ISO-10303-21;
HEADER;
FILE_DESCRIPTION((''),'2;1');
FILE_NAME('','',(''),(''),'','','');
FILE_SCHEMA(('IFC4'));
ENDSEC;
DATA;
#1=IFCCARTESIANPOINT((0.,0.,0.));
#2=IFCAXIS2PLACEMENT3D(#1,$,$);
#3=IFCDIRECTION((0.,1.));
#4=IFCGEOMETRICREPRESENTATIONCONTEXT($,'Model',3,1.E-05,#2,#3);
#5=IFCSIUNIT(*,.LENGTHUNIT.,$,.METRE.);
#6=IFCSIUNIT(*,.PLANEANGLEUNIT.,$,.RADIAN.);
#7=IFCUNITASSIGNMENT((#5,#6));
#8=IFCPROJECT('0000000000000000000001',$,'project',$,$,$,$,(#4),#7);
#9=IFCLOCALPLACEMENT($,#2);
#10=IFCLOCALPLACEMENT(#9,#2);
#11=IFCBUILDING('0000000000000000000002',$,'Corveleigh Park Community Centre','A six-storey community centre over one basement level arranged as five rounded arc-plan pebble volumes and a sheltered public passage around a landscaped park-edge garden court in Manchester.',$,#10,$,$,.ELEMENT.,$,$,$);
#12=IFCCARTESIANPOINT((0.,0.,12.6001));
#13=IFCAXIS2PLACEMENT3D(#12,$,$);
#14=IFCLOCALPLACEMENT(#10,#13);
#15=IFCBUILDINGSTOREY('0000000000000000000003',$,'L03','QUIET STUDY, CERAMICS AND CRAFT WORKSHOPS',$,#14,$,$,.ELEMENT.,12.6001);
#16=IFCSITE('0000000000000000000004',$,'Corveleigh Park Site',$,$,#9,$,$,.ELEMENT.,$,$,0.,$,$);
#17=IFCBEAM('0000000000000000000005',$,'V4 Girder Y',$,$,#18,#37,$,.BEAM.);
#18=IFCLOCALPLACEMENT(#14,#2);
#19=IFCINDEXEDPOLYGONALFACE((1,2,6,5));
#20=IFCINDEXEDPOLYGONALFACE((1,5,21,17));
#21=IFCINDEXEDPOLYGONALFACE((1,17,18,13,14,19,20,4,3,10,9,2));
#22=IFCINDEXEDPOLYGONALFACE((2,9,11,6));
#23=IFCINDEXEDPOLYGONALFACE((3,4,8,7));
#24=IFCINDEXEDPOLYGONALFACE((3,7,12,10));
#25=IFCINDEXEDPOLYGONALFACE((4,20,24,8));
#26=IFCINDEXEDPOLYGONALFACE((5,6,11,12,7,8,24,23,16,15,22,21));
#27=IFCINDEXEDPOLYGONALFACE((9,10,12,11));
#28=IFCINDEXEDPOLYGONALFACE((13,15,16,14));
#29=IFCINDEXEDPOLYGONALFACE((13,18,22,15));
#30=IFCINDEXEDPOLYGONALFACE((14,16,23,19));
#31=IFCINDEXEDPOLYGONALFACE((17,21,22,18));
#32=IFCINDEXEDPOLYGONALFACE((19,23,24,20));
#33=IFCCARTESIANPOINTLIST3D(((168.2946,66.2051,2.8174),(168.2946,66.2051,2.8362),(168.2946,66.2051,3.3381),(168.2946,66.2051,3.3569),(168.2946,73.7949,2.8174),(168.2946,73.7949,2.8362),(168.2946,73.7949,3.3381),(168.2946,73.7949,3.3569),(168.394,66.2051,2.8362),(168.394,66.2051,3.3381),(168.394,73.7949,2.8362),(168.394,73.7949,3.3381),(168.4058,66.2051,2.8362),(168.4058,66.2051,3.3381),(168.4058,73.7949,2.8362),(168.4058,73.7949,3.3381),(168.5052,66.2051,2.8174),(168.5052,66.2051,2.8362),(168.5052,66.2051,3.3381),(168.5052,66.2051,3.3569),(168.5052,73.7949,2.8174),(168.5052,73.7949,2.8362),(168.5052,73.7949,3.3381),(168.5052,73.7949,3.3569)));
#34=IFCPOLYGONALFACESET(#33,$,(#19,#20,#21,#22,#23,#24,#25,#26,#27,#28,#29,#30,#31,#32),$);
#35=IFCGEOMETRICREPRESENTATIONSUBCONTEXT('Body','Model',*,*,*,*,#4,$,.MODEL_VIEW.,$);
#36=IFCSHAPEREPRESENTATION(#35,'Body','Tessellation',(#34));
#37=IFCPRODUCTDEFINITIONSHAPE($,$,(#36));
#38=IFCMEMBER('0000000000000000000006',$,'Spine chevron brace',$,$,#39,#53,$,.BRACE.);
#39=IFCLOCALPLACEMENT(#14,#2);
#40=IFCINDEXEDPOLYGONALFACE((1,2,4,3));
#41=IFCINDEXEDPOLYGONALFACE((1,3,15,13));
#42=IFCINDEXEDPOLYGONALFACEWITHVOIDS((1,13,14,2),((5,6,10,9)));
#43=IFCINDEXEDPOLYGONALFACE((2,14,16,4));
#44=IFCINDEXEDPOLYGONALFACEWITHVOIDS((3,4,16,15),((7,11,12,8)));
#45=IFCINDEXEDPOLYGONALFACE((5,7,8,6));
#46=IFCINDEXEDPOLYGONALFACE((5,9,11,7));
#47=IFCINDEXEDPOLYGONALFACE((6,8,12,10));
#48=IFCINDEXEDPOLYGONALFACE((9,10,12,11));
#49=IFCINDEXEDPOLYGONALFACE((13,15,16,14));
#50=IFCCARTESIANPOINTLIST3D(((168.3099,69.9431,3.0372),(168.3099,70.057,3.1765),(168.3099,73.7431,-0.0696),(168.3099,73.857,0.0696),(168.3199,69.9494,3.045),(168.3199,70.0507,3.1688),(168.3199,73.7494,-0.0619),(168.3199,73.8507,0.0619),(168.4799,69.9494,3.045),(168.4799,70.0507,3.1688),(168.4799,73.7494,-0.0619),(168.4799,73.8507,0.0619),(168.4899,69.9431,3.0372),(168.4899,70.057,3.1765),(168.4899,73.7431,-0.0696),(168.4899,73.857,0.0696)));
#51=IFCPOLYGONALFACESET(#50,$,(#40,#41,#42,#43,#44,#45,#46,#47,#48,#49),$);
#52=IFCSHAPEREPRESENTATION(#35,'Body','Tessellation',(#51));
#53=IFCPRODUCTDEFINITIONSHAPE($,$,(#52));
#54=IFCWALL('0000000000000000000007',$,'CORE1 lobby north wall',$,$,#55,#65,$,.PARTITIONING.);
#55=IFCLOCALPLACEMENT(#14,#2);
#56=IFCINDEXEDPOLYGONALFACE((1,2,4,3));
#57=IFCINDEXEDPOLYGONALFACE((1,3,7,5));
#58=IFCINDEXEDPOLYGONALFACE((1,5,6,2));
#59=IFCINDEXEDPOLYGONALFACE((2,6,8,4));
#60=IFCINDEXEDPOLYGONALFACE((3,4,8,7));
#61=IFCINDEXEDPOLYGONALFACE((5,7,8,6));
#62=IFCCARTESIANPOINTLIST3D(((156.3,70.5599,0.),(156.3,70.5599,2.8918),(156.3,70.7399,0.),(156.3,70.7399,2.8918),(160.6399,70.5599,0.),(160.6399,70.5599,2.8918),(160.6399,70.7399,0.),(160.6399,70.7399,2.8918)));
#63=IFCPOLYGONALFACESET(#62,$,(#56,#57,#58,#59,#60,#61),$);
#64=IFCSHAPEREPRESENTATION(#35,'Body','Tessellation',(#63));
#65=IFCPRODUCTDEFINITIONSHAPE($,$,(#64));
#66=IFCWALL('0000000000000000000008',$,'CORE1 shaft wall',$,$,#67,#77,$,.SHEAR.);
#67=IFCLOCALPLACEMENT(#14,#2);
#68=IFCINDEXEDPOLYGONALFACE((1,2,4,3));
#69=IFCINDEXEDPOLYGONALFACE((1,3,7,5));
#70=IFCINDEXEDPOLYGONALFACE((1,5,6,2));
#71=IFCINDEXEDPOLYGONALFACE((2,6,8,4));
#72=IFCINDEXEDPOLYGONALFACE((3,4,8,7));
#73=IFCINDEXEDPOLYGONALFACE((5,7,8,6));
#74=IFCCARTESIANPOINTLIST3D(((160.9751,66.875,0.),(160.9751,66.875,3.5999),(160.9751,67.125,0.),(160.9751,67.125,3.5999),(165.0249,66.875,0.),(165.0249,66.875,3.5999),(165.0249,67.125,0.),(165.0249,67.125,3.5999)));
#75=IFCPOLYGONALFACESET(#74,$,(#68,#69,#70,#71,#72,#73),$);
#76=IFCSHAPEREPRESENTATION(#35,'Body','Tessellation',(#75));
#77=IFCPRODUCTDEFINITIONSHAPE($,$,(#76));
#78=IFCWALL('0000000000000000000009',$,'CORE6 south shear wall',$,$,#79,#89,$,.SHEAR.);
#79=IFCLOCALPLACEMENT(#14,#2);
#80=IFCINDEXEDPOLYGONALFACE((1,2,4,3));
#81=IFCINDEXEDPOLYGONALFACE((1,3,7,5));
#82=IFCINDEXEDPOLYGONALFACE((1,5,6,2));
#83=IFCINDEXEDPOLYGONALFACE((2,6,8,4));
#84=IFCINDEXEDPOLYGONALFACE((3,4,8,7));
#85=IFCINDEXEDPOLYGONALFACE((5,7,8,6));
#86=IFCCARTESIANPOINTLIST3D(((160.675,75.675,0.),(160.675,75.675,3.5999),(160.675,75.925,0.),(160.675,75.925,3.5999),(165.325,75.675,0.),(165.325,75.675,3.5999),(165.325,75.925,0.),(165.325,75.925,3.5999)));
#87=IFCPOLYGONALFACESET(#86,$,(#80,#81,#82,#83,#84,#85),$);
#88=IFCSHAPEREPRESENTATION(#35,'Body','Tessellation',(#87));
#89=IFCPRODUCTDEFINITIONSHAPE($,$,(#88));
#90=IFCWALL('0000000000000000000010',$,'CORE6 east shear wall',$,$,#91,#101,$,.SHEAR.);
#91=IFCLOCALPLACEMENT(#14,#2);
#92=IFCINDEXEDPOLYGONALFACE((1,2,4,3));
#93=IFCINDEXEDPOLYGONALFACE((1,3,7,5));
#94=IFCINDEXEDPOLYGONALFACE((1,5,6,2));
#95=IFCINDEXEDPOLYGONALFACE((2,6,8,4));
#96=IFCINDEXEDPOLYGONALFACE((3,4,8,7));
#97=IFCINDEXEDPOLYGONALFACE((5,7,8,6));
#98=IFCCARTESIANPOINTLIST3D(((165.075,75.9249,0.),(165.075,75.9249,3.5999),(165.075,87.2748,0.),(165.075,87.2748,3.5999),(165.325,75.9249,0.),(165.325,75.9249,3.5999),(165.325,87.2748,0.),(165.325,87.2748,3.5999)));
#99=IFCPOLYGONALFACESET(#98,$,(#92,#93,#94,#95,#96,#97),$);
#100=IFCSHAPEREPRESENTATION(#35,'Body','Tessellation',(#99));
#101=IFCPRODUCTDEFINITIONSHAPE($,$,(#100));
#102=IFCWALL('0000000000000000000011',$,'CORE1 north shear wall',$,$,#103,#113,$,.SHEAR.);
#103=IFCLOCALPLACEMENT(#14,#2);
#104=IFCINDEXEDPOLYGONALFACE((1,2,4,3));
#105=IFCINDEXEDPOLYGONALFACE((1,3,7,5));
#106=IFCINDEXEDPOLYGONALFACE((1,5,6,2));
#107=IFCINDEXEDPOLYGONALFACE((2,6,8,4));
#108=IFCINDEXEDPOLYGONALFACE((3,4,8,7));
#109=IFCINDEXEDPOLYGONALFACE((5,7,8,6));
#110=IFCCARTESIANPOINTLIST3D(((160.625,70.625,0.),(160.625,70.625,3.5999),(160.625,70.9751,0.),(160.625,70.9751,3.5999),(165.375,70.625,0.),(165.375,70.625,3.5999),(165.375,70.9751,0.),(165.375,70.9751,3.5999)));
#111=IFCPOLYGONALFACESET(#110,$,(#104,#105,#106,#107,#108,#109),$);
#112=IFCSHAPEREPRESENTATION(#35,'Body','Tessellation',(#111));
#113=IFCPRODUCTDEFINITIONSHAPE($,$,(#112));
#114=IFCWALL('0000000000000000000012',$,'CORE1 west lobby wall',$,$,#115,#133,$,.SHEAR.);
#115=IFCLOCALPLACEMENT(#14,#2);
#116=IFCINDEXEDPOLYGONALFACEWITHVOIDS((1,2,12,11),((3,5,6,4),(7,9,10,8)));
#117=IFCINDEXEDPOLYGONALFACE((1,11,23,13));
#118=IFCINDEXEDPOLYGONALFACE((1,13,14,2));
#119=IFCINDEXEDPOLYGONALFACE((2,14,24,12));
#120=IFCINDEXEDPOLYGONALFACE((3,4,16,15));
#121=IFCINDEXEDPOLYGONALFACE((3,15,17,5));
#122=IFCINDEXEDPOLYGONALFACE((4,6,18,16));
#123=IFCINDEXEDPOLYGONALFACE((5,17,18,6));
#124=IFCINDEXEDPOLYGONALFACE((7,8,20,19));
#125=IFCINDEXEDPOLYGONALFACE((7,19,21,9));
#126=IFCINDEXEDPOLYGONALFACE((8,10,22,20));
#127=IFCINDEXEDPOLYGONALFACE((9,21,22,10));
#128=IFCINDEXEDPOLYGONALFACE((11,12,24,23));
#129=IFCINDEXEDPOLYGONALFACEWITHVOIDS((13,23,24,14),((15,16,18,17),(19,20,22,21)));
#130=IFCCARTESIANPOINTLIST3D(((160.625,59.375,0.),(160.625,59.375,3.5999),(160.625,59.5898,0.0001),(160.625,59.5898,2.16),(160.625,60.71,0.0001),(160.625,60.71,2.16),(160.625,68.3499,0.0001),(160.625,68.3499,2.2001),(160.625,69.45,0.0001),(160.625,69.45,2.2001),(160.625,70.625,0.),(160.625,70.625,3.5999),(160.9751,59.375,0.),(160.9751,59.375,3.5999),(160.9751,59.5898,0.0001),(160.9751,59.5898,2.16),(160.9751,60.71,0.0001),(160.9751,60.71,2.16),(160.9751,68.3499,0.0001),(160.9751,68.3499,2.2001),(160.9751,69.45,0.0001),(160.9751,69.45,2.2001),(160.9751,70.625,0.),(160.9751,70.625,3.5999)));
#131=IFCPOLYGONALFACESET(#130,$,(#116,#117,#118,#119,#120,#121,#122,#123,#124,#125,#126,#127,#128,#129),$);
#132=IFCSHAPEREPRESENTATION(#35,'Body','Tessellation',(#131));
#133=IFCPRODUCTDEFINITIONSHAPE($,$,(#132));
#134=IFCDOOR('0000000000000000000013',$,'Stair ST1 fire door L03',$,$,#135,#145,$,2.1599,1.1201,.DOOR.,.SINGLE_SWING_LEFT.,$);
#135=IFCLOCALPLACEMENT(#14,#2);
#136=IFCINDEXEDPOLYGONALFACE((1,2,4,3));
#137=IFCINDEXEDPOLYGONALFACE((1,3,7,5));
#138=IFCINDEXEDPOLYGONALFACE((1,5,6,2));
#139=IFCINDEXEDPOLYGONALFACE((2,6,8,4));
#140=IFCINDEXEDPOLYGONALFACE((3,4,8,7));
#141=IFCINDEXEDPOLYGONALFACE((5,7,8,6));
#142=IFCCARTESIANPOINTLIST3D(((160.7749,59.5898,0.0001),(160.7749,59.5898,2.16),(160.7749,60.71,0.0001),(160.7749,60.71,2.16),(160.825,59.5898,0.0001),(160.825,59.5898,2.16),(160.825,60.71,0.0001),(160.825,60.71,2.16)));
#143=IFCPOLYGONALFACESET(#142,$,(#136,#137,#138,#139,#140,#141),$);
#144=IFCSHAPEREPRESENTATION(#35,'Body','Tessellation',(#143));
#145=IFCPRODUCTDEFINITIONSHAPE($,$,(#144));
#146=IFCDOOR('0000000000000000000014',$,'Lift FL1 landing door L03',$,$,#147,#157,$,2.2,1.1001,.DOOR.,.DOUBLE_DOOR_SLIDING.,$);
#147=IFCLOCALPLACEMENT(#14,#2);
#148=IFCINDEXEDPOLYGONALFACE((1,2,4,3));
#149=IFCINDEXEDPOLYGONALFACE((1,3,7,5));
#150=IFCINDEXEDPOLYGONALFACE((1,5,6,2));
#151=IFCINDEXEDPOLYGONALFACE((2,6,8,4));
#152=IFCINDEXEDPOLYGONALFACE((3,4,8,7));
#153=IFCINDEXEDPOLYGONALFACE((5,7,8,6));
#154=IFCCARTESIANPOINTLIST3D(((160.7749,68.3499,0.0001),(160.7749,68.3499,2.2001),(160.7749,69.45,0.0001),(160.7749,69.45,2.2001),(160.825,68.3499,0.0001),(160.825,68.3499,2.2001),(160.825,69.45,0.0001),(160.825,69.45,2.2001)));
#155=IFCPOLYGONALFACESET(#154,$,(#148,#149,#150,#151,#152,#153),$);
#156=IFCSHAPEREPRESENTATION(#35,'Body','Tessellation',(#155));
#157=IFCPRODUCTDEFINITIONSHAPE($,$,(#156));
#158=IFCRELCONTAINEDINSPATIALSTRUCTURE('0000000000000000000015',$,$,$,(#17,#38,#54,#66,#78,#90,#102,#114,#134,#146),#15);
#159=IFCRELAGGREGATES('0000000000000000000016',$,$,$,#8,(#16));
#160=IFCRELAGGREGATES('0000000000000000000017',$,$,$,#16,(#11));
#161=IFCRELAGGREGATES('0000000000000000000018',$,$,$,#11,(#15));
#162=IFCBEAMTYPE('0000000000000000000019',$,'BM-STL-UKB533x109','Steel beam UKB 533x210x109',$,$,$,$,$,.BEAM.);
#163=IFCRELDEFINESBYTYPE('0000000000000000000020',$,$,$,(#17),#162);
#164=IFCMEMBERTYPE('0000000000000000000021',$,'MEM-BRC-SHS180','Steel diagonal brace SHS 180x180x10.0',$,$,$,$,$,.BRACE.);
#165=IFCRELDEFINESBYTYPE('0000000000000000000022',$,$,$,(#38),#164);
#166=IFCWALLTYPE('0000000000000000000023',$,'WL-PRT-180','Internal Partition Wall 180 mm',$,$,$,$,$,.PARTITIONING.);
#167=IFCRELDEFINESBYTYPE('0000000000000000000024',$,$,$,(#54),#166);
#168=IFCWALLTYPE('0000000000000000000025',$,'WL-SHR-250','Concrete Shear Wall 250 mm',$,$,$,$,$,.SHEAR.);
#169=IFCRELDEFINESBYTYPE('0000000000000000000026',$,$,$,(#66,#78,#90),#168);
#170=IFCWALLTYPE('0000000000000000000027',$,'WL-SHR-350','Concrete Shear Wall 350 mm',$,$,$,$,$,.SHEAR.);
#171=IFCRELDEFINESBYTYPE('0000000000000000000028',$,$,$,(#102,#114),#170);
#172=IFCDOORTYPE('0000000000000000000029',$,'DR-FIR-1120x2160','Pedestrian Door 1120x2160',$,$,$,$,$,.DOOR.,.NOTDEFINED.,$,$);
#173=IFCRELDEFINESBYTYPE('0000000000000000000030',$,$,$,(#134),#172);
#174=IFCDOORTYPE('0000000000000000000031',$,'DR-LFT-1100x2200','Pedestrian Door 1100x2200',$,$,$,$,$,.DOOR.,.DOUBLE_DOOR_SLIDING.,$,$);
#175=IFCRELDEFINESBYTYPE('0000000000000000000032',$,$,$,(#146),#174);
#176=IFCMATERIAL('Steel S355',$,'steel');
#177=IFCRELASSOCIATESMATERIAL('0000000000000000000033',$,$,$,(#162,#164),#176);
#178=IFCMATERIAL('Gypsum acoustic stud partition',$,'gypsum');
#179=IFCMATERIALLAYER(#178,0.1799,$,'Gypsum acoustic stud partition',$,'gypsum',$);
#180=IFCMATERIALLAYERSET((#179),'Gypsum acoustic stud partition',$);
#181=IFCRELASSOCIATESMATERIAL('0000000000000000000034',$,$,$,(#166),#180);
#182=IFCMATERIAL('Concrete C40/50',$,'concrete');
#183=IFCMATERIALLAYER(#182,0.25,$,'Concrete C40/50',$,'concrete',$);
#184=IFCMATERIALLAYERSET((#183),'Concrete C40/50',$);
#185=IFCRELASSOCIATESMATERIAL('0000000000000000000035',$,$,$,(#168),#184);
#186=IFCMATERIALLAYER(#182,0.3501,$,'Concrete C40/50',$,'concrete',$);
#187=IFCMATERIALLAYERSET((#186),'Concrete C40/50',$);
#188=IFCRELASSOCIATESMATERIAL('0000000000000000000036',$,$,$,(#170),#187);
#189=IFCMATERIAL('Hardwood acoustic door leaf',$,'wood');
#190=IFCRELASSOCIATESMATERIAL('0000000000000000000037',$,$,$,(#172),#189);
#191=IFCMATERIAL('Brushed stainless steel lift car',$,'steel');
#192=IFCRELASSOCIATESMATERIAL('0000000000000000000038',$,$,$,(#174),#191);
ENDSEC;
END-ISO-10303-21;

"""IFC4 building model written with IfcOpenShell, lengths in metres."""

from ifc_helpers import new_model, si_unit, direction, frame, frame_2d, origin, origin_2d, place, context, subcontext, project, spatial, rectangle, hollow_rectangle, i_section, extrude, material, layer, layer_set, material_profile, profile_set, type_object, element, fill, save


model = new_model("IFC4")

# Units and contexts
model_context = context("Model", 3, precision=1e-05, world=origin(), true_north=direction((0.0, 1.0)))
body_context = subcontext(model_context, "Body", "Model", "MODEL_VIEW")
ifc_project = project(units=[si_unit("LENGTHUNIT", "METRE"), si_unit("PLANEANGLEUNIT", "RADIAN")], contexts=[model_context])

# Site, building, storey
site_placement = place(None, origin())
site = spatial("IfcSite", under=ifc_project, at=site_placement, Name="Corveleigh Park Site", CompositionType="ELEMENT", RefElevation=0.0)
building_placement = place(site_placement, origin())
building = spatial("IfcBuilding", under=site, at=building_placement, Name="Corveleigh Park Community Centre", Description="A six-storey community centre over one basement level arranged as five rounded arc-plan pebble volumes and a sheltered public passage around a landscaped park-edge garden court in Manchester.", CompositionType="ELEMENT")
storey_placement = place(building_placement, frame((0.0, 0.0, 12.6001)))
storey = spatial("IfcBuildingStorey", under=building, at=storey_placement, Name="L03", Description="QUIET STUDY, CERAMICS AND CRAFT WORKSHOPS", CompositionType="ELEMENT", Elevation=12.6001)

# Shared definitions
ifc_material_1 = material(Name="Concrete C40/50", Category="concrete")
ifc_material_2 = material(Name="Steel S355", Category="steel")

# Beam
ifc_material_profile_1 = material_profile(ifc_material_2, i_section(OverallWidth=0.2107, OverallDepth=0.5396, WebThickness=0.0117, FlangeThickness=0.0188, at=origin_2d()), Name="UKB 533x210x109", Category="steel")
ifc_profile_set_1 = profile_set([ifc_material_profile_1], Name="Steel S355")
beam_type_1 = type_object("IfcBeamType", Name="BM-STL-UKB533x109", Description="Steel beam UKB 533x210x109", PredefinedType="BEAM", material=ifc_profile_set_1)
beam_1_placement = place(storey_placement, frame((168.3999, 66.2051, 3.0872), z_axis=(0.0, 1.0, 0.0), x_axis=(-1.0, 0.0, 0.0)))
element("IfcBeam", 1, at=beam_1_placement, inside=storey, type_object=beam_type_1, Name="V4 Girder Y", PredefinedType="BEAM", context=body_context, shape_type="SweptSolid", body=[
    extrude(i_section(OverallWidth=0.2107, OverallDepth=0.5396, WebThickness=0.0117, FlangeThickness=0.0188, at=origin_2d()), origin(), (0.0, 0.0, 1.0), 7.5898),
])

# Member
ifc_material_profile_2 = material_profile(ifc_material_2, hollow_rectangle(XDim=0.1799, YDim=0.1799, WallThickness=0.01, at=origin_2d()), Name="SHS 180x180x10.0", Category="steel")
ifc_profile_set_2 = profile_set([ifc_material_profile_2], Name="Steel S355")
member_type = type_object("IfcMemberType", Name="MEM-BRC-SHS180", Description="Steel diagonal brace SHS 180x180x10.0", PredefinedType="BRACE", material=ifc_profile_set_2)
member_placement = place(storey_placement, frame((168.3999, 73.8, 0.0), z_axis=(0.0, -0.774177, 0.63297), x_axis=(1.0, 0.0, 0.0)))
element("IfcMember", 2, at=member_placement, inside=storey, type_object=member_type, Name="Spine chevron brace", PredefinedType="BRACE", context=body_context, shape_type="SweptSolid", body=[
    extrude(hollow_rectangle(XDim=0.1799, YDim=0.1799, WallThickness=0.01, at=origin_2d()), origin(), (0.0, 0.0, 1.0), 4.9084),
])

# Walls
ifc_material_3 = material(Name="Gypsum acoustic stud partition", Category="gypsum")
ifc_layer_1 = layer(ifc_material_3, 0.1799, Name="Gypsum acoustic stud partition", Category="gypsum")
ifc_layer_set_1 = layer_set([ifc_layer_1], Name="Gypsum acoustic stud partition")
wall_type_1 = type_object("IfcWallType", Name="WL-PRT-180", Description="Internal Partition Wall 180 mm", PredefinedType="PARTITIONING", material=ifc_layer_set_1)
wall_1_placement = place(storey_placement, frame((160.6399, 70.6499, 0.0), z_axis=(0.0, 0.0, 1.0), x_axis=(-1.0, 0.0, 0.0)))
element("IfcWall", 3, at=wall_1_placement, inside=storey, type_object=wall_type_1, Name="CORE1 lobby north wall", PredefinedType="PARTITIONING", context=body_context, shape_type="SweptSolid", body=[
    extrude(rectangle(XDim=4.3398, YDim=0.1799, at=frame_2d((2.1699, 0.0))), origin(), (0.0, 0.0, 1.0), 2.8918),
])
ifc_layer_2 = layer(ifc_material_1, 0.25, Name="Concrete C40/50", Category="concrete")
ifc_layer_set_2 = layer_set([ifc_layer_2], Name="Concrete C40/50")
wall_type_2 = type_object("IfcWallType", Name="WL-SHR-250", Description="Concrete Shear Wall 250 mm", PredefinedType="SHEAR", material=ifc_layer_set_2)
wall_2_placement = place(storey_placement, frame((160.9751, 67.0, 0.0), z_axis=(0.0, 0.0, 1.0), x_axis=(1.0, 0.0, 0.0)))
element("IfcWall", 4, at=wall_2_placement, inside=storey, type_object=wall_type_2, Name="CORE1 shaft wall", PredefinedType="SHEAR", context=body_context, shape_type="SweptSolid", body=[
    extrude(rectangle(XDim=4.0498, YDim=0.25, at=frame_2d((2.0249, 0.0))), origin(), (0.0, 0.0, 1.0), 3.5999),
])
wall_3_placement = place(storey_placement, frame((160.675, 75.8, 0.0), z_axis=(0.0, 0.0, 1.0), x_axis=(1.0, 0.0, 0.0)))
element("IfcWall", 5, at=wall_3_placement, inside=storey, type_object=wall_type_2, Name="CORE6 south shear wall", PredefinedType="SHEAR", context=body_context, shape_type="SweptSolid", body=[
    extrude(rectangle(XDim=4.6499, YDim=0.25, at=frame_2d((2.325, 0.0))), origin(), (0.0, 0.0, 1.0), 3.5999),
])
wall_4_placement = place(storey_placement, frame((165.2, 75.925, 0.0), z_axis=(0.0, 0.0, 1.0), x_axis=(0.0, 1.0, 0.0)))
element("IfcWall", 6, at=wall_4_placement, inside=storey, type_object=wall_type_2, Name="CORE6 east shear wall", PredefinedType="SHEAR", context=body_context, shape_type="SweptSolid", body=[
    extrude(rectangle(XDim=11.3499, YDim=0.25, at=frame_2d((5.6748, 0.0))), origin(), (0.0, 0.0, 1.0), 3.5999),
])
ifc_layer_3 = layer(ifc_material_1, 0.3501, Name="Concrete C40/50", Category="concrete")
ifc_layer_set_3 = layer_set([ifc_layer_3], Name="Concrete C40/50")
wall_type_3 = type_object("IfcWallType", Name="WL-SHR-350", Description="Concrete Shear Wall 350 mm", PredefinedType="SHEAR", material=ifc_layer_set_3)
wall_5_placement = place(storey_placement, frame((165.375, 70.8, 0.0), z_axis=(0.0, 0.0, 1.0), x_axis=(-1.0, 0.0, 0.0)))
element("IfcWall", 7, at=wall_5_placement, inside=storey, type_object=wall_type_3, Name="CORE1 north shear wall", PredefinedType="SHEAR", context=body_context, shape_type="SweptSolid", body=[
    extrude(rectangle(XDim=4.75, YDim=0.3501, at=frame_2d((2.375, 0.0))), origin(), (0.0, 0.0, 1.0), 3.5999),
])

# Wall, openings, doors
wall_6_placement = place(storey_placement, frame((160.8, 70.625, 0.0), z_axis=(0.0, 0.0, 1.0), x_axis=(0.0, -1.0, 0.0)))
wall_6 = element("IfcWall", 8, at=wall_6_placement, inside=storey, type_object=wall_type_3, Name="CORE1 west lobby wall", PredefinedType="SHEAR", context=body_context, shape_type="SweptSolid", body=[
    extrude(rectangle(XDim=11.25, YDim=0.3501, at=frame_2d((5.625, 0.0))), origin(), (0.0, 0.0, 1.0), 3.5999),
])
opening_1_placement = place(wall_6_placement, frame((1.175, 0.0, 0.0)))
opening_1 = element("IfcOpeningElement", 9, at=opening_1_placement, cuts=wall_6, PredefinedType="OPENING", context=body_context, shape_type="SweptSolid", body=[
    extrude(rectangle(XDim=1.1001, YDim=2.2, at=frame_2d((0.55, 1.1001))), frame((0.0, 0.1851, 0.0), z_axis=(0.0, -1.0, 0.0), x_axis=(1.0, 0.0, 0.0)), (0.0, 0.0, 1.0), 0.3701),
])
opening_2_placement = place(wall_6_placement, frame((9.915, 0.0, 0.0)))
opening_2 = element("IfcOpeningElement", 10, at=opening_2_placement, cuts=wall_6, PredefinedType="OPENING", context=body_context, shape_type="SweptSolid", body=[
    extrude(rectangle(XDim=1.1201, YDim=2.1599, at=frame_2d((0.5601, 1.0801))), frame((0.0, 0.1851, 0.0), z_axis=(0.0, -1.0, 0.0), x_axis=(1.0, 0.0, 0.0)), (0.0, 0.0, 1.0), 0.3701),
])
ifc_material_4 = material(Name="Hardwood acoustic door leaf", Category="wood")
door_type_1 = type_object("IfcDoorType", Name="DR-FIR-1120x2160", Description="Pedestrian Door 1120x2160", OperationType="NOTDEFINED", PredefinedType="DOOR", material=ifc_material_4)
door_1_placement = place(opening_2_placement, origin())
door_1 = element("IfcDoor", 11, at=door_1_placement, inside=storey, type_object=door_type_1, Name="Stair ST1 fire door L03", OperationType="SINGLE_SWING_LEFT", OverallHeight=2.1599, OverallWidth=1.1201, PredefinedType="DOOR", context=body_context, shape_type="SweptSolid", body=[
    extrude(rectangle(XDim=1.1201, YDim=2.1599, at=frame_2d((0.5601, 1.0801))), frame((0.0, 0.0249, 0.0), z_axis=(0.0, -1.0, 0.0), x_axis=(1.0, 0.0, 0.0)), (0.0, 0.0, 1.0), 0.05),
])
fill(opening_2, door_1)
ifc_material_5 = material(Name="Brushed stainless steel lift car", Category="steel")
door_type_2 = type_object("IfcDoorType", Name="DR-LFT-1100x2200", Description="Pedestrian Door 1100x2200", OperationType="DOUBLE_DOOR_SLIDING", PredefinedType="DOOR", material=ifc_material_5)
door_2_placement = place(opening_1_placement, origin())
door_2 = element("IfcDoor", 12, at=door_2_placement, inside=storey, type_object=door_type_2, Name="Lift FL1 landing door L03", OperationType="DOUBLE_DOOR_SLIDING", OverallHeight=2.2, OverallWidth=1.1001, PredefinedType="DOOR", context=body_context, shape_type="SweptSolid", body=[
    extrude(rectangle(XDim=1.1001, YDim=2.2, at=frame_2d((0.55, 1.1001))), frame((0.0, 0.0249, 0.0), z_axis=(0.0, -1.0, 0.0), x_axis=(1.0, 0.0, 0.0)), (0.0, 0.0, 1.0), 0.05),
])
fill(opening_1, door_2)

save(model, "model.ifc")
